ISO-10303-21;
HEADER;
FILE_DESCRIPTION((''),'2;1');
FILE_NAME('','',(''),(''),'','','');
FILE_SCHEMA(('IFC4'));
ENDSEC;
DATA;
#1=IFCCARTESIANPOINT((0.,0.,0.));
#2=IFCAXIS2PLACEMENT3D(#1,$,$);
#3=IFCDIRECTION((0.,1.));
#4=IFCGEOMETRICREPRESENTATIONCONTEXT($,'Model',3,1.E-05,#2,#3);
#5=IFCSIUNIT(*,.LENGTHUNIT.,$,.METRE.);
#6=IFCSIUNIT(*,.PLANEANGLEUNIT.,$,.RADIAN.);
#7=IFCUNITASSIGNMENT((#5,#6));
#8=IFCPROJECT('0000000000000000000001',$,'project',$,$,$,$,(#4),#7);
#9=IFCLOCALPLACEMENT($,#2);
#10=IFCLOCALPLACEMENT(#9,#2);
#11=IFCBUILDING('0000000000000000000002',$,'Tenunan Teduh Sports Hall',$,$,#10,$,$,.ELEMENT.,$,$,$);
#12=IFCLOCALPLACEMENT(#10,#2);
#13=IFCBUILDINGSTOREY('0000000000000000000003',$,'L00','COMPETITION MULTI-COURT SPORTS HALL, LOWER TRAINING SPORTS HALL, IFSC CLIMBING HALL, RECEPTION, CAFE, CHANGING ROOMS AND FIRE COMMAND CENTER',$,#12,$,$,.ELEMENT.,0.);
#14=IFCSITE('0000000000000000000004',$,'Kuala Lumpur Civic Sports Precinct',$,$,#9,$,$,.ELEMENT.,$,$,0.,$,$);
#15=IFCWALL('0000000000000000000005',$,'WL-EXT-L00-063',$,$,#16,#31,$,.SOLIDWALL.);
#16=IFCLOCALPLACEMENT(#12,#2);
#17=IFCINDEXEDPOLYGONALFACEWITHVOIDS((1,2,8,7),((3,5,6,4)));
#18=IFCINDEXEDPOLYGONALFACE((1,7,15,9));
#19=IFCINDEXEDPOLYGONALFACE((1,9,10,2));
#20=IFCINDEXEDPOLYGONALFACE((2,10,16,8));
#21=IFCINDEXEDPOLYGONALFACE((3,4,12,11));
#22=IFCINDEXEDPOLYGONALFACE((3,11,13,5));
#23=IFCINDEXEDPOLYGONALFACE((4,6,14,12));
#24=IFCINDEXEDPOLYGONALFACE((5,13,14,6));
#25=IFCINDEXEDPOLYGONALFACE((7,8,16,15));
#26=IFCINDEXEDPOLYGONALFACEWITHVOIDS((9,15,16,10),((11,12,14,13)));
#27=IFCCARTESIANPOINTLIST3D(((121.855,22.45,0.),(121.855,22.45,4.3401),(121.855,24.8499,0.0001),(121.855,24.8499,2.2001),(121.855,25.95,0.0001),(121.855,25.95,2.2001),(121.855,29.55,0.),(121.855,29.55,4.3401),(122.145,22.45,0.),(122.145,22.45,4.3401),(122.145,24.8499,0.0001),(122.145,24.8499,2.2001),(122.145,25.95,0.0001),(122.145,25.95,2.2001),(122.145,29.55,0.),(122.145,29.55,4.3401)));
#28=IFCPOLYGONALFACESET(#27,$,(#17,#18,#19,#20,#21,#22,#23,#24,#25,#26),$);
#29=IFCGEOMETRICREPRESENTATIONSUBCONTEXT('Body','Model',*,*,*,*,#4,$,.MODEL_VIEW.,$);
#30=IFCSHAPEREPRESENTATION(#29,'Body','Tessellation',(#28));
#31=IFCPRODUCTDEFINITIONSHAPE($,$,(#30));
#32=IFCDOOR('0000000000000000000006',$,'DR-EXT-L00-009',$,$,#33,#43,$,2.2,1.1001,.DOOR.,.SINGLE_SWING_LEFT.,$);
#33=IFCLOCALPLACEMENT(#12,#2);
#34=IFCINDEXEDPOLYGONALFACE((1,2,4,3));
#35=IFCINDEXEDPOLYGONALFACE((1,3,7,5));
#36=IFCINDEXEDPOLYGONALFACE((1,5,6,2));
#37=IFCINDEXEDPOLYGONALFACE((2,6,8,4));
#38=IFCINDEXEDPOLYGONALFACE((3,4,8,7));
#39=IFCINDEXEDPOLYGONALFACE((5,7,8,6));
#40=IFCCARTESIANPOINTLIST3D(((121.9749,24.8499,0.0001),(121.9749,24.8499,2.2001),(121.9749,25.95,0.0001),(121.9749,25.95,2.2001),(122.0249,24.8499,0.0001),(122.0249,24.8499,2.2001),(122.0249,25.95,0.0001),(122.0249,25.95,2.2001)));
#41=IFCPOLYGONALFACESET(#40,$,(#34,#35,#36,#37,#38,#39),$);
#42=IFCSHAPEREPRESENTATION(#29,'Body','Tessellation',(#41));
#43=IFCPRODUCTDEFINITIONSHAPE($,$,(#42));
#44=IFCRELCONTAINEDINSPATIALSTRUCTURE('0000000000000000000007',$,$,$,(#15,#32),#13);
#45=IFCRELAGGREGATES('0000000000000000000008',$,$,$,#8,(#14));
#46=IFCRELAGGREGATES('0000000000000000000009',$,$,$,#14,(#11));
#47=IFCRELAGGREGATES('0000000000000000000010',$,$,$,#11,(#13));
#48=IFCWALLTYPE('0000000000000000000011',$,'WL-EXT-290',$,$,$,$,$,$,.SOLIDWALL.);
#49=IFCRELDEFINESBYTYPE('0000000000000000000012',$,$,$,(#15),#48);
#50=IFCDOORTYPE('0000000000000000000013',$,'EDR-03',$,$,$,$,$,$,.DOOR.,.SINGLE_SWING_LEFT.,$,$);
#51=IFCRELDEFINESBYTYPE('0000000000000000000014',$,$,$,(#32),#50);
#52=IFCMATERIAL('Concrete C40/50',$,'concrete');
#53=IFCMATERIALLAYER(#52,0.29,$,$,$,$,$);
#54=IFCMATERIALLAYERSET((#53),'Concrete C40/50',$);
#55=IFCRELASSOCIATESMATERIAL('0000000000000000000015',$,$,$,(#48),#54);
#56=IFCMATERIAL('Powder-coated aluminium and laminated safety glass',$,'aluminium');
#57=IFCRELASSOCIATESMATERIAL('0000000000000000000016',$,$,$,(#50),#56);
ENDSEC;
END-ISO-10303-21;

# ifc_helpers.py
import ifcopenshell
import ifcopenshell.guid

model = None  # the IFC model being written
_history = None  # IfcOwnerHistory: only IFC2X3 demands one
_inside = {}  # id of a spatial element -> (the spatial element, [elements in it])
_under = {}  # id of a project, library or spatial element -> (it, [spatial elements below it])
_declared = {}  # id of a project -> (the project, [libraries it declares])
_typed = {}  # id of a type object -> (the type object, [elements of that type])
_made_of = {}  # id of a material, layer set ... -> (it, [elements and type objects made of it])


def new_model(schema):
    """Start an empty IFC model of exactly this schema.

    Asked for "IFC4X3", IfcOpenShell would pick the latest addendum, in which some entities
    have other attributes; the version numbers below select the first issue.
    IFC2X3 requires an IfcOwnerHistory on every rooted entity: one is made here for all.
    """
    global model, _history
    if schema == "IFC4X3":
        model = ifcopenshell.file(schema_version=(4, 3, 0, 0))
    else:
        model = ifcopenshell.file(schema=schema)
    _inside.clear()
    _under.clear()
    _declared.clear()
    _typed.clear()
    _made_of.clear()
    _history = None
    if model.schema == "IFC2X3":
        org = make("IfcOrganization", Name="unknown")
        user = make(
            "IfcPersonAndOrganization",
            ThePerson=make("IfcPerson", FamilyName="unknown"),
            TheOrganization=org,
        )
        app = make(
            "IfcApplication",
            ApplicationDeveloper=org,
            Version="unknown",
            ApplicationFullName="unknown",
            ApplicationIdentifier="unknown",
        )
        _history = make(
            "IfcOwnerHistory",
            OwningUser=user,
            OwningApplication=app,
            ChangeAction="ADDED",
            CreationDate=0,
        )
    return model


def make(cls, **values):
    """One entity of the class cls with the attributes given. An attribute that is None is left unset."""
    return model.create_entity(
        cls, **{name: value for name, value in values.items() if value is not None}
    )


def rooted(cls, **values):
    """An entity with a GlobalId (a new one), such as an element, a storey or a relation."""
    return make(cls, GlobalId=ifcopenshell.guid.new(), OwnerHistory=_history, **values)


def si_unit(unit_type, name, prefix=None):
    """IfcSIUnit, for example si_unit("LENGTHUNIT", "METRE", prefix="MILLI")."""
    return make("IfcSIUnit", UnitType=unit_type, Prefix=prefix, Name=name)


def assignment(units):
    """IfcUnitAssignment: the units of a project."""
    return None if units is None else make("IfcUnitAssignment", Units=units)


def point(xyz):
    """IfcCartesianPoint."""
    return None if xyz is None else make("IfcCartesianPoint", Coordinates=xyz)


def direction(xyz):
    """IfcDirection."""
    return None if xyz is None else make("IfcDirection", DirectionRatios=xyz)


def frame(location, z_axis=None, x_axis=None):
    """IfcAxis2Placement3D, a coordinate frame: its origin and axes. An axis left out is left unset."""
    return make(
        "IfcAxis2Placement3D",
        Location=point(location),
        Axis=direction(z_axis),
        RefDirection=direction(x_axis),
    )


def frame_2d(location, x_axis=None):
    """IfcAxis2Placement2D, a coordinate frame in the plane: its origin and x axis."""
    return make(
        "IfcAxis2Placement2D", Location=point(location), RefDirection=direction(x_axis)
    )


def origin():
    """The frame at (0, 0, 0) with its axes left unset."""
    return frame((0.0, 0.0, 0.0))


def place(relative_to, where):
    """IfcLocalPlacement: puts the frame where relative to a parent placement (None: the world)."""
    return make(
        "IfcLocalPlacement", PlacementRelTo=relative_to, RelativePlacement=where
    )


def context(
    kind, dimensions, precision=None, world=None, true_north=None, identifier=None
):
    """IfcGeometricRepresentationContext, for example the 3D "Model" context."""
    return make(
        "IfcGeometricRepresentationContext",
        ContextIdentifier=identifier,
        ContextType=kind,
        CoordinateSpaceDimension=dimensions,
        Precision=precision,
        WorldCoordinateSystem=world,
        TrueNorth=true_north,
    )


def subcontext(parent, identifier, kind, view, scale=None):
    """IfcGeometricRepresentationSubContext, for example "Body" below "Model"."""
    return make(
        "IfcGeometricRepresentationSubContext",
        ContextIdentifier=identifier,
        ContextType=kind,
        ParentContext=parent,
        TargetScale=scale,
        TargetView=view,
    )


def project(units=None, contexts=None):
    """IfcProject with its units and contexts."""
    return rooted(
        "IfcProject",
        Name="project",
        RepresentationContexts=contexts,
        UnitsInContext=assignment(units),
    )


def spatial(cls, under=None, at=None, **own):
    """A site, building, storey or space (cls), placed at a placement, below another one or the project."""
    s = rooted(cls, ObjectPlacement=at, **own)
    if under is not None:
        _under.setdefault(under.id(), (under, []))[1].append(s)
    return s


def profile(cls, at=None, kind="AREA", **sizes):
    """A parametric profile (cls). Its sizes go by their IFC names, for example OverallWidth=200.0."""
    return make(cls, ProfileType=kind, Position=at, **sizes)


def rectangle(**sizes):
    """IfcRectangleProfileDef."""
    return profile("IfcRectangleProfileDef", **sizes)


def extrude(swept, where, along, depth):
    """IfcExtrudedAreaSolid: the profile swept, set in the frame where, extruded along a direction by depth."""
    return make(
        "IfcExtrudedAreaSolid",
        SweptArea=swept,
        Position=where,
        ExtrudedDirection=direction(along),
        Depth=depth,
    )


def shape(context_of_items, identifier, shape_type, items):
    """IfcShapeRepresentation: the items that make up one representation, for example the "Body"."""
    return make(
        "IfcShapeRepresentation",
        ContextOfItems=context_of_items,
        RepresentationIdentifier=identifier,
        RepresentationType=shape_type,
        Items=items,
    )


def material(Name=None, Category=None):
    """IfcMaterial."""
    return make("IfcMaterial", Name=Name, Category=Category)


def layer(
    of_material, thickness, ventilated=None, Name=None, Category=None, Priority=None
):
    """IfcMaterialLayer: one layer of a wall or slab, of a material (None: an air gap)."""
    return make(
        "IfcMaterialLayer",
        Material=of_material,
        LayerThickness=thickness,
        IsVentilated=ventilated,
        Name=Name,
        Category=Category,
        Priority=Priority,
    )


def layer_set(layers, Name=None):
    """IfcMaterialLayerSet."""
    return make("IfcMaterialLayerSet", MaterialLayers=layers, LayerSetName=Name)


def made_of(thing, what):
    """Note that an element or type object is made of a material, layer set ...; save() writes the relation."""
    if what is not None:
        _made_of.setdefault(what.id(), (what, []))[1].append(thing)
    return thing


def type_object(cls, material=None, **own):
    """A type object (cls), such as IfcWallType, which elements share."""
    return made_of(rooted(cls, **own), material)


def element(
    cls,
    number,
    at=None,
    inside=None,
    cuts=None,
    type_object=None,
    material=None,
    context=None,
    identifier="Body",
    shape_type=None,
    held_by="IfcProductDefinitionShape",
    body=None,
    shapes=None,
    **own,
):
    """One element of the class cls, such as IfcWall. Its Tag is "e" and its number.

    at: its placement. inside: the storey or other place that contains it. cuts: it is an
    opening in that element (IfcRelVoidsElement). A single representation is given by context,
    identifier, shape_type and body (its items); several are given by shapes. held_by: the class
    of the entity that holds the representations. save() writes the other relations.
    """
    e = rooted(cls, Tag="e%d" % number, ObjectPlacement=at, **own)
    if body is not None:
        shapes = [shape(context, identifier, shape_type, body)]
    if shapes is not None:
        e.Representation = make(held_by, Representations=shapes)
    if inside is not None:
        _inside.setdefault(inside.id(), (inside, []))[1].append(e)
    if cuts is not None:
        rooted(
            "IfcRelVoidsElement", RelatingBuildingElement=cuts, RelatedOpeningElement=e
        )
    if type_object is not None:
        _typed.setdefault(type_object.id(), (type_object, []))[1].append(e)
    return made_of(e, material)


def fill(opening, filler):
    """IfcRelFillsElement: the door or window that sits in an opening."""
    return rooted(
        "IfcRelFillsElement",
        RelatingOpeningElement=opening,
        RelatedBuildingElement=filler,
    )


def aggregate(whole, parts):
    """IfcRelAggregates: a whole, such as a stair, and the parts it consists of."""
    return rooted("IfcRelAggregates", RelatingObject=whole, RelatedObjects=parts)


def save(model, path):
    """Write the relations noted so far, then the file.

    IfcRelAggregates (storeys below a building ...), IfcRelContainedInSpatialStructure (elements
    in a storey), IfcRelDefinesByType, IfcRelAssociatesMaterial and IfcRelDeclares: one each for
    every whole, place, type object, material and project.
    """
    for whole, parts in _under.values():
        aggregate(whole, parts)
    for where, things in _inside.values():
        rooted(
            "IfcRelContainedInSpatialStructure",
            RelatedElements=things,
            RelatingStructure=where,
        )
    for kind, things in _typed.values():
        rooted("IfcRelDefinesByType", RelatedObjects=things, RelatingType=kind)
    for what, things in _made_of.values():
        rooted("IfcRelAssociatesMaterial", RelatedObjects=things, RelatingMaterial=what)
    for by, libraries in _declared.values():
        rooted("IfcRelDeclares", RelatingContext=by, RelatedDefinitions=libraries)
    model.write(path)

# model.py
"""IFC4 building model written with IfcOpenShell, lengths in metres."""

from ifc_helpers import new_model, si_unit, direction, frame, frame_2d, origin, place, context, subcontext, project, spatial, rectangle, extrude, material, layer, layer_set, type_object, element, fill, save


model = new_model("IFC4")

# Units and contexts
model_context = context("Model", 3, precision=1e-05, world=origin(), true_north=direction((0.0, 1.0)))
body_context = subcontext(model_context, "Body", "Model", "MODEL_VIEW")
ifc_project = project(units=[si_unit("LENGTHUNIT", "METRE"), si_unit("PLANEANGLEUNIT", "RADIAN")], contexts=[model_context])

# Site, building, storey
site_placement = place(None, origin())
site = spatial("IfcSite", under=ifc_project, at=site_placement, Name="Kuala Lumpur Civic Sports Precinct", CompositionType="ELEMENT", RefElevation=0.0)
building_placement = place(site_placement, origin())
building = spatial("IfcBuilding", under=site, at=building_placement, Name="Tenunan Teduh Sports Hall", CompositionType="ELEMENT")
storey_placement = place(building_placement, origin())
storey = spatial("IfcBuildingStorey", under=building, at=storey_placement, Name="L00", Description="COMPETITION MULTI-COURT SPORTS HALL, LOWER TRAINING SPORTS HALL, IFSC CLIMBING HALL, RECEPTION, CAFE, CHANGING ROOMS AND FIRE COMMAND CENTER", CompositionType="ELEMENT", Elevation=0.0)

# Wall, opening, door
ifc_material_1 = material(Name="Concrete C40/50", Category="concrete")
ifc_layer_1 = layer(ifc_material_1, 0.29)
ifc_layer_set_1 = layer_set([ifc_layer_1], Name="Concrete C40/50")
wall_type_1 = type_object("IfcWallType", Name="WL-EXT-290", PredefinedType="SOLIDWALL", material=ifc_layer_set_1)
wall_1_placement = place(storey_placement, frame((122.0, 22.45, 0.0), z_axis=(0.0, 0.0, 1.0), x_axis=(0.0, 1.0, 0.0)))
wall_1 = element("IfcWall", 1, at=wall_1_placement, inside=storey, type_object=wall_type_1, Name="WL-EXT-L00-063", PredefinedType="SOLIDWALL", context=body_context, shape_type="SweptSolid", body=[
    extrude(rectangle(XDim=7.1001, YDim=0.29, at=frame_2d((3.55, 0.0))), origin(), (0.0, 0.0, 1.0), 4.3401),
])
opening_1_placement = place(wall_1_placement, frame((2.3999, 0.0, 0.0)))
opening_1 = element("IfcOpeningElement", 2, at=opening_1_placement, cuts=wall_1, PredefinedType="OPENING", context=body_context, shape_type="SweptSolid", body=[
    extrude(rectangle(XDim=1.1001, YDim=2.2, at=frame_2d((0.55, 1.1001))), frame((0.0, 0.155, 0.0), z_axis=(0.0, -1.0, 0.0), x_axis=(1.0, 0.0, 0.0)), (0.0, 0.0, 1.0), 0.3101),
])
ifc_material_2 = material(Name="Powder-coated aluminium and laminated safety glass", Category="aluminium")
door_type_1 = type_object("IfcDoorType", Name="EDR-03", OperationType="SINGLE_SWING_LEFT", PredefinedType="DOOR", material=ifc_material_2)
door_1_placement = place(opening_1_placement, frame((1.1001, 0.0, 0.0), z_axis=(0.0, 0.0, 1.0), x_axis=(-1.0, 0.0, 0.0)))
door_1 = element("IfcDoor", 3, at=door_1_placement, inside=storey, type_object=door_type_1, Name="DR-EXT-L00-009", OperationType="SINGLE_SWING_LEFT", OverallHeight=2.2, OverallWidth=1.1001, PredefinedType="DOOR", context=body_context, shape_type="SweptSolid", body=[
    extrude(rectangle(XDim=1.1001, YDim=2.2, at=frame_2d((0.55, 1.1001))), frame((0.0, 0.0249, 0.0), z_axis=(0.0, -1.0, 0.0), x_axis=(1.0, 0.0, 0.0)), (0.0, 0.0, 1.0), 0.05),
])
fill(opening_1, door_1)

save(model, "model.ifc")
